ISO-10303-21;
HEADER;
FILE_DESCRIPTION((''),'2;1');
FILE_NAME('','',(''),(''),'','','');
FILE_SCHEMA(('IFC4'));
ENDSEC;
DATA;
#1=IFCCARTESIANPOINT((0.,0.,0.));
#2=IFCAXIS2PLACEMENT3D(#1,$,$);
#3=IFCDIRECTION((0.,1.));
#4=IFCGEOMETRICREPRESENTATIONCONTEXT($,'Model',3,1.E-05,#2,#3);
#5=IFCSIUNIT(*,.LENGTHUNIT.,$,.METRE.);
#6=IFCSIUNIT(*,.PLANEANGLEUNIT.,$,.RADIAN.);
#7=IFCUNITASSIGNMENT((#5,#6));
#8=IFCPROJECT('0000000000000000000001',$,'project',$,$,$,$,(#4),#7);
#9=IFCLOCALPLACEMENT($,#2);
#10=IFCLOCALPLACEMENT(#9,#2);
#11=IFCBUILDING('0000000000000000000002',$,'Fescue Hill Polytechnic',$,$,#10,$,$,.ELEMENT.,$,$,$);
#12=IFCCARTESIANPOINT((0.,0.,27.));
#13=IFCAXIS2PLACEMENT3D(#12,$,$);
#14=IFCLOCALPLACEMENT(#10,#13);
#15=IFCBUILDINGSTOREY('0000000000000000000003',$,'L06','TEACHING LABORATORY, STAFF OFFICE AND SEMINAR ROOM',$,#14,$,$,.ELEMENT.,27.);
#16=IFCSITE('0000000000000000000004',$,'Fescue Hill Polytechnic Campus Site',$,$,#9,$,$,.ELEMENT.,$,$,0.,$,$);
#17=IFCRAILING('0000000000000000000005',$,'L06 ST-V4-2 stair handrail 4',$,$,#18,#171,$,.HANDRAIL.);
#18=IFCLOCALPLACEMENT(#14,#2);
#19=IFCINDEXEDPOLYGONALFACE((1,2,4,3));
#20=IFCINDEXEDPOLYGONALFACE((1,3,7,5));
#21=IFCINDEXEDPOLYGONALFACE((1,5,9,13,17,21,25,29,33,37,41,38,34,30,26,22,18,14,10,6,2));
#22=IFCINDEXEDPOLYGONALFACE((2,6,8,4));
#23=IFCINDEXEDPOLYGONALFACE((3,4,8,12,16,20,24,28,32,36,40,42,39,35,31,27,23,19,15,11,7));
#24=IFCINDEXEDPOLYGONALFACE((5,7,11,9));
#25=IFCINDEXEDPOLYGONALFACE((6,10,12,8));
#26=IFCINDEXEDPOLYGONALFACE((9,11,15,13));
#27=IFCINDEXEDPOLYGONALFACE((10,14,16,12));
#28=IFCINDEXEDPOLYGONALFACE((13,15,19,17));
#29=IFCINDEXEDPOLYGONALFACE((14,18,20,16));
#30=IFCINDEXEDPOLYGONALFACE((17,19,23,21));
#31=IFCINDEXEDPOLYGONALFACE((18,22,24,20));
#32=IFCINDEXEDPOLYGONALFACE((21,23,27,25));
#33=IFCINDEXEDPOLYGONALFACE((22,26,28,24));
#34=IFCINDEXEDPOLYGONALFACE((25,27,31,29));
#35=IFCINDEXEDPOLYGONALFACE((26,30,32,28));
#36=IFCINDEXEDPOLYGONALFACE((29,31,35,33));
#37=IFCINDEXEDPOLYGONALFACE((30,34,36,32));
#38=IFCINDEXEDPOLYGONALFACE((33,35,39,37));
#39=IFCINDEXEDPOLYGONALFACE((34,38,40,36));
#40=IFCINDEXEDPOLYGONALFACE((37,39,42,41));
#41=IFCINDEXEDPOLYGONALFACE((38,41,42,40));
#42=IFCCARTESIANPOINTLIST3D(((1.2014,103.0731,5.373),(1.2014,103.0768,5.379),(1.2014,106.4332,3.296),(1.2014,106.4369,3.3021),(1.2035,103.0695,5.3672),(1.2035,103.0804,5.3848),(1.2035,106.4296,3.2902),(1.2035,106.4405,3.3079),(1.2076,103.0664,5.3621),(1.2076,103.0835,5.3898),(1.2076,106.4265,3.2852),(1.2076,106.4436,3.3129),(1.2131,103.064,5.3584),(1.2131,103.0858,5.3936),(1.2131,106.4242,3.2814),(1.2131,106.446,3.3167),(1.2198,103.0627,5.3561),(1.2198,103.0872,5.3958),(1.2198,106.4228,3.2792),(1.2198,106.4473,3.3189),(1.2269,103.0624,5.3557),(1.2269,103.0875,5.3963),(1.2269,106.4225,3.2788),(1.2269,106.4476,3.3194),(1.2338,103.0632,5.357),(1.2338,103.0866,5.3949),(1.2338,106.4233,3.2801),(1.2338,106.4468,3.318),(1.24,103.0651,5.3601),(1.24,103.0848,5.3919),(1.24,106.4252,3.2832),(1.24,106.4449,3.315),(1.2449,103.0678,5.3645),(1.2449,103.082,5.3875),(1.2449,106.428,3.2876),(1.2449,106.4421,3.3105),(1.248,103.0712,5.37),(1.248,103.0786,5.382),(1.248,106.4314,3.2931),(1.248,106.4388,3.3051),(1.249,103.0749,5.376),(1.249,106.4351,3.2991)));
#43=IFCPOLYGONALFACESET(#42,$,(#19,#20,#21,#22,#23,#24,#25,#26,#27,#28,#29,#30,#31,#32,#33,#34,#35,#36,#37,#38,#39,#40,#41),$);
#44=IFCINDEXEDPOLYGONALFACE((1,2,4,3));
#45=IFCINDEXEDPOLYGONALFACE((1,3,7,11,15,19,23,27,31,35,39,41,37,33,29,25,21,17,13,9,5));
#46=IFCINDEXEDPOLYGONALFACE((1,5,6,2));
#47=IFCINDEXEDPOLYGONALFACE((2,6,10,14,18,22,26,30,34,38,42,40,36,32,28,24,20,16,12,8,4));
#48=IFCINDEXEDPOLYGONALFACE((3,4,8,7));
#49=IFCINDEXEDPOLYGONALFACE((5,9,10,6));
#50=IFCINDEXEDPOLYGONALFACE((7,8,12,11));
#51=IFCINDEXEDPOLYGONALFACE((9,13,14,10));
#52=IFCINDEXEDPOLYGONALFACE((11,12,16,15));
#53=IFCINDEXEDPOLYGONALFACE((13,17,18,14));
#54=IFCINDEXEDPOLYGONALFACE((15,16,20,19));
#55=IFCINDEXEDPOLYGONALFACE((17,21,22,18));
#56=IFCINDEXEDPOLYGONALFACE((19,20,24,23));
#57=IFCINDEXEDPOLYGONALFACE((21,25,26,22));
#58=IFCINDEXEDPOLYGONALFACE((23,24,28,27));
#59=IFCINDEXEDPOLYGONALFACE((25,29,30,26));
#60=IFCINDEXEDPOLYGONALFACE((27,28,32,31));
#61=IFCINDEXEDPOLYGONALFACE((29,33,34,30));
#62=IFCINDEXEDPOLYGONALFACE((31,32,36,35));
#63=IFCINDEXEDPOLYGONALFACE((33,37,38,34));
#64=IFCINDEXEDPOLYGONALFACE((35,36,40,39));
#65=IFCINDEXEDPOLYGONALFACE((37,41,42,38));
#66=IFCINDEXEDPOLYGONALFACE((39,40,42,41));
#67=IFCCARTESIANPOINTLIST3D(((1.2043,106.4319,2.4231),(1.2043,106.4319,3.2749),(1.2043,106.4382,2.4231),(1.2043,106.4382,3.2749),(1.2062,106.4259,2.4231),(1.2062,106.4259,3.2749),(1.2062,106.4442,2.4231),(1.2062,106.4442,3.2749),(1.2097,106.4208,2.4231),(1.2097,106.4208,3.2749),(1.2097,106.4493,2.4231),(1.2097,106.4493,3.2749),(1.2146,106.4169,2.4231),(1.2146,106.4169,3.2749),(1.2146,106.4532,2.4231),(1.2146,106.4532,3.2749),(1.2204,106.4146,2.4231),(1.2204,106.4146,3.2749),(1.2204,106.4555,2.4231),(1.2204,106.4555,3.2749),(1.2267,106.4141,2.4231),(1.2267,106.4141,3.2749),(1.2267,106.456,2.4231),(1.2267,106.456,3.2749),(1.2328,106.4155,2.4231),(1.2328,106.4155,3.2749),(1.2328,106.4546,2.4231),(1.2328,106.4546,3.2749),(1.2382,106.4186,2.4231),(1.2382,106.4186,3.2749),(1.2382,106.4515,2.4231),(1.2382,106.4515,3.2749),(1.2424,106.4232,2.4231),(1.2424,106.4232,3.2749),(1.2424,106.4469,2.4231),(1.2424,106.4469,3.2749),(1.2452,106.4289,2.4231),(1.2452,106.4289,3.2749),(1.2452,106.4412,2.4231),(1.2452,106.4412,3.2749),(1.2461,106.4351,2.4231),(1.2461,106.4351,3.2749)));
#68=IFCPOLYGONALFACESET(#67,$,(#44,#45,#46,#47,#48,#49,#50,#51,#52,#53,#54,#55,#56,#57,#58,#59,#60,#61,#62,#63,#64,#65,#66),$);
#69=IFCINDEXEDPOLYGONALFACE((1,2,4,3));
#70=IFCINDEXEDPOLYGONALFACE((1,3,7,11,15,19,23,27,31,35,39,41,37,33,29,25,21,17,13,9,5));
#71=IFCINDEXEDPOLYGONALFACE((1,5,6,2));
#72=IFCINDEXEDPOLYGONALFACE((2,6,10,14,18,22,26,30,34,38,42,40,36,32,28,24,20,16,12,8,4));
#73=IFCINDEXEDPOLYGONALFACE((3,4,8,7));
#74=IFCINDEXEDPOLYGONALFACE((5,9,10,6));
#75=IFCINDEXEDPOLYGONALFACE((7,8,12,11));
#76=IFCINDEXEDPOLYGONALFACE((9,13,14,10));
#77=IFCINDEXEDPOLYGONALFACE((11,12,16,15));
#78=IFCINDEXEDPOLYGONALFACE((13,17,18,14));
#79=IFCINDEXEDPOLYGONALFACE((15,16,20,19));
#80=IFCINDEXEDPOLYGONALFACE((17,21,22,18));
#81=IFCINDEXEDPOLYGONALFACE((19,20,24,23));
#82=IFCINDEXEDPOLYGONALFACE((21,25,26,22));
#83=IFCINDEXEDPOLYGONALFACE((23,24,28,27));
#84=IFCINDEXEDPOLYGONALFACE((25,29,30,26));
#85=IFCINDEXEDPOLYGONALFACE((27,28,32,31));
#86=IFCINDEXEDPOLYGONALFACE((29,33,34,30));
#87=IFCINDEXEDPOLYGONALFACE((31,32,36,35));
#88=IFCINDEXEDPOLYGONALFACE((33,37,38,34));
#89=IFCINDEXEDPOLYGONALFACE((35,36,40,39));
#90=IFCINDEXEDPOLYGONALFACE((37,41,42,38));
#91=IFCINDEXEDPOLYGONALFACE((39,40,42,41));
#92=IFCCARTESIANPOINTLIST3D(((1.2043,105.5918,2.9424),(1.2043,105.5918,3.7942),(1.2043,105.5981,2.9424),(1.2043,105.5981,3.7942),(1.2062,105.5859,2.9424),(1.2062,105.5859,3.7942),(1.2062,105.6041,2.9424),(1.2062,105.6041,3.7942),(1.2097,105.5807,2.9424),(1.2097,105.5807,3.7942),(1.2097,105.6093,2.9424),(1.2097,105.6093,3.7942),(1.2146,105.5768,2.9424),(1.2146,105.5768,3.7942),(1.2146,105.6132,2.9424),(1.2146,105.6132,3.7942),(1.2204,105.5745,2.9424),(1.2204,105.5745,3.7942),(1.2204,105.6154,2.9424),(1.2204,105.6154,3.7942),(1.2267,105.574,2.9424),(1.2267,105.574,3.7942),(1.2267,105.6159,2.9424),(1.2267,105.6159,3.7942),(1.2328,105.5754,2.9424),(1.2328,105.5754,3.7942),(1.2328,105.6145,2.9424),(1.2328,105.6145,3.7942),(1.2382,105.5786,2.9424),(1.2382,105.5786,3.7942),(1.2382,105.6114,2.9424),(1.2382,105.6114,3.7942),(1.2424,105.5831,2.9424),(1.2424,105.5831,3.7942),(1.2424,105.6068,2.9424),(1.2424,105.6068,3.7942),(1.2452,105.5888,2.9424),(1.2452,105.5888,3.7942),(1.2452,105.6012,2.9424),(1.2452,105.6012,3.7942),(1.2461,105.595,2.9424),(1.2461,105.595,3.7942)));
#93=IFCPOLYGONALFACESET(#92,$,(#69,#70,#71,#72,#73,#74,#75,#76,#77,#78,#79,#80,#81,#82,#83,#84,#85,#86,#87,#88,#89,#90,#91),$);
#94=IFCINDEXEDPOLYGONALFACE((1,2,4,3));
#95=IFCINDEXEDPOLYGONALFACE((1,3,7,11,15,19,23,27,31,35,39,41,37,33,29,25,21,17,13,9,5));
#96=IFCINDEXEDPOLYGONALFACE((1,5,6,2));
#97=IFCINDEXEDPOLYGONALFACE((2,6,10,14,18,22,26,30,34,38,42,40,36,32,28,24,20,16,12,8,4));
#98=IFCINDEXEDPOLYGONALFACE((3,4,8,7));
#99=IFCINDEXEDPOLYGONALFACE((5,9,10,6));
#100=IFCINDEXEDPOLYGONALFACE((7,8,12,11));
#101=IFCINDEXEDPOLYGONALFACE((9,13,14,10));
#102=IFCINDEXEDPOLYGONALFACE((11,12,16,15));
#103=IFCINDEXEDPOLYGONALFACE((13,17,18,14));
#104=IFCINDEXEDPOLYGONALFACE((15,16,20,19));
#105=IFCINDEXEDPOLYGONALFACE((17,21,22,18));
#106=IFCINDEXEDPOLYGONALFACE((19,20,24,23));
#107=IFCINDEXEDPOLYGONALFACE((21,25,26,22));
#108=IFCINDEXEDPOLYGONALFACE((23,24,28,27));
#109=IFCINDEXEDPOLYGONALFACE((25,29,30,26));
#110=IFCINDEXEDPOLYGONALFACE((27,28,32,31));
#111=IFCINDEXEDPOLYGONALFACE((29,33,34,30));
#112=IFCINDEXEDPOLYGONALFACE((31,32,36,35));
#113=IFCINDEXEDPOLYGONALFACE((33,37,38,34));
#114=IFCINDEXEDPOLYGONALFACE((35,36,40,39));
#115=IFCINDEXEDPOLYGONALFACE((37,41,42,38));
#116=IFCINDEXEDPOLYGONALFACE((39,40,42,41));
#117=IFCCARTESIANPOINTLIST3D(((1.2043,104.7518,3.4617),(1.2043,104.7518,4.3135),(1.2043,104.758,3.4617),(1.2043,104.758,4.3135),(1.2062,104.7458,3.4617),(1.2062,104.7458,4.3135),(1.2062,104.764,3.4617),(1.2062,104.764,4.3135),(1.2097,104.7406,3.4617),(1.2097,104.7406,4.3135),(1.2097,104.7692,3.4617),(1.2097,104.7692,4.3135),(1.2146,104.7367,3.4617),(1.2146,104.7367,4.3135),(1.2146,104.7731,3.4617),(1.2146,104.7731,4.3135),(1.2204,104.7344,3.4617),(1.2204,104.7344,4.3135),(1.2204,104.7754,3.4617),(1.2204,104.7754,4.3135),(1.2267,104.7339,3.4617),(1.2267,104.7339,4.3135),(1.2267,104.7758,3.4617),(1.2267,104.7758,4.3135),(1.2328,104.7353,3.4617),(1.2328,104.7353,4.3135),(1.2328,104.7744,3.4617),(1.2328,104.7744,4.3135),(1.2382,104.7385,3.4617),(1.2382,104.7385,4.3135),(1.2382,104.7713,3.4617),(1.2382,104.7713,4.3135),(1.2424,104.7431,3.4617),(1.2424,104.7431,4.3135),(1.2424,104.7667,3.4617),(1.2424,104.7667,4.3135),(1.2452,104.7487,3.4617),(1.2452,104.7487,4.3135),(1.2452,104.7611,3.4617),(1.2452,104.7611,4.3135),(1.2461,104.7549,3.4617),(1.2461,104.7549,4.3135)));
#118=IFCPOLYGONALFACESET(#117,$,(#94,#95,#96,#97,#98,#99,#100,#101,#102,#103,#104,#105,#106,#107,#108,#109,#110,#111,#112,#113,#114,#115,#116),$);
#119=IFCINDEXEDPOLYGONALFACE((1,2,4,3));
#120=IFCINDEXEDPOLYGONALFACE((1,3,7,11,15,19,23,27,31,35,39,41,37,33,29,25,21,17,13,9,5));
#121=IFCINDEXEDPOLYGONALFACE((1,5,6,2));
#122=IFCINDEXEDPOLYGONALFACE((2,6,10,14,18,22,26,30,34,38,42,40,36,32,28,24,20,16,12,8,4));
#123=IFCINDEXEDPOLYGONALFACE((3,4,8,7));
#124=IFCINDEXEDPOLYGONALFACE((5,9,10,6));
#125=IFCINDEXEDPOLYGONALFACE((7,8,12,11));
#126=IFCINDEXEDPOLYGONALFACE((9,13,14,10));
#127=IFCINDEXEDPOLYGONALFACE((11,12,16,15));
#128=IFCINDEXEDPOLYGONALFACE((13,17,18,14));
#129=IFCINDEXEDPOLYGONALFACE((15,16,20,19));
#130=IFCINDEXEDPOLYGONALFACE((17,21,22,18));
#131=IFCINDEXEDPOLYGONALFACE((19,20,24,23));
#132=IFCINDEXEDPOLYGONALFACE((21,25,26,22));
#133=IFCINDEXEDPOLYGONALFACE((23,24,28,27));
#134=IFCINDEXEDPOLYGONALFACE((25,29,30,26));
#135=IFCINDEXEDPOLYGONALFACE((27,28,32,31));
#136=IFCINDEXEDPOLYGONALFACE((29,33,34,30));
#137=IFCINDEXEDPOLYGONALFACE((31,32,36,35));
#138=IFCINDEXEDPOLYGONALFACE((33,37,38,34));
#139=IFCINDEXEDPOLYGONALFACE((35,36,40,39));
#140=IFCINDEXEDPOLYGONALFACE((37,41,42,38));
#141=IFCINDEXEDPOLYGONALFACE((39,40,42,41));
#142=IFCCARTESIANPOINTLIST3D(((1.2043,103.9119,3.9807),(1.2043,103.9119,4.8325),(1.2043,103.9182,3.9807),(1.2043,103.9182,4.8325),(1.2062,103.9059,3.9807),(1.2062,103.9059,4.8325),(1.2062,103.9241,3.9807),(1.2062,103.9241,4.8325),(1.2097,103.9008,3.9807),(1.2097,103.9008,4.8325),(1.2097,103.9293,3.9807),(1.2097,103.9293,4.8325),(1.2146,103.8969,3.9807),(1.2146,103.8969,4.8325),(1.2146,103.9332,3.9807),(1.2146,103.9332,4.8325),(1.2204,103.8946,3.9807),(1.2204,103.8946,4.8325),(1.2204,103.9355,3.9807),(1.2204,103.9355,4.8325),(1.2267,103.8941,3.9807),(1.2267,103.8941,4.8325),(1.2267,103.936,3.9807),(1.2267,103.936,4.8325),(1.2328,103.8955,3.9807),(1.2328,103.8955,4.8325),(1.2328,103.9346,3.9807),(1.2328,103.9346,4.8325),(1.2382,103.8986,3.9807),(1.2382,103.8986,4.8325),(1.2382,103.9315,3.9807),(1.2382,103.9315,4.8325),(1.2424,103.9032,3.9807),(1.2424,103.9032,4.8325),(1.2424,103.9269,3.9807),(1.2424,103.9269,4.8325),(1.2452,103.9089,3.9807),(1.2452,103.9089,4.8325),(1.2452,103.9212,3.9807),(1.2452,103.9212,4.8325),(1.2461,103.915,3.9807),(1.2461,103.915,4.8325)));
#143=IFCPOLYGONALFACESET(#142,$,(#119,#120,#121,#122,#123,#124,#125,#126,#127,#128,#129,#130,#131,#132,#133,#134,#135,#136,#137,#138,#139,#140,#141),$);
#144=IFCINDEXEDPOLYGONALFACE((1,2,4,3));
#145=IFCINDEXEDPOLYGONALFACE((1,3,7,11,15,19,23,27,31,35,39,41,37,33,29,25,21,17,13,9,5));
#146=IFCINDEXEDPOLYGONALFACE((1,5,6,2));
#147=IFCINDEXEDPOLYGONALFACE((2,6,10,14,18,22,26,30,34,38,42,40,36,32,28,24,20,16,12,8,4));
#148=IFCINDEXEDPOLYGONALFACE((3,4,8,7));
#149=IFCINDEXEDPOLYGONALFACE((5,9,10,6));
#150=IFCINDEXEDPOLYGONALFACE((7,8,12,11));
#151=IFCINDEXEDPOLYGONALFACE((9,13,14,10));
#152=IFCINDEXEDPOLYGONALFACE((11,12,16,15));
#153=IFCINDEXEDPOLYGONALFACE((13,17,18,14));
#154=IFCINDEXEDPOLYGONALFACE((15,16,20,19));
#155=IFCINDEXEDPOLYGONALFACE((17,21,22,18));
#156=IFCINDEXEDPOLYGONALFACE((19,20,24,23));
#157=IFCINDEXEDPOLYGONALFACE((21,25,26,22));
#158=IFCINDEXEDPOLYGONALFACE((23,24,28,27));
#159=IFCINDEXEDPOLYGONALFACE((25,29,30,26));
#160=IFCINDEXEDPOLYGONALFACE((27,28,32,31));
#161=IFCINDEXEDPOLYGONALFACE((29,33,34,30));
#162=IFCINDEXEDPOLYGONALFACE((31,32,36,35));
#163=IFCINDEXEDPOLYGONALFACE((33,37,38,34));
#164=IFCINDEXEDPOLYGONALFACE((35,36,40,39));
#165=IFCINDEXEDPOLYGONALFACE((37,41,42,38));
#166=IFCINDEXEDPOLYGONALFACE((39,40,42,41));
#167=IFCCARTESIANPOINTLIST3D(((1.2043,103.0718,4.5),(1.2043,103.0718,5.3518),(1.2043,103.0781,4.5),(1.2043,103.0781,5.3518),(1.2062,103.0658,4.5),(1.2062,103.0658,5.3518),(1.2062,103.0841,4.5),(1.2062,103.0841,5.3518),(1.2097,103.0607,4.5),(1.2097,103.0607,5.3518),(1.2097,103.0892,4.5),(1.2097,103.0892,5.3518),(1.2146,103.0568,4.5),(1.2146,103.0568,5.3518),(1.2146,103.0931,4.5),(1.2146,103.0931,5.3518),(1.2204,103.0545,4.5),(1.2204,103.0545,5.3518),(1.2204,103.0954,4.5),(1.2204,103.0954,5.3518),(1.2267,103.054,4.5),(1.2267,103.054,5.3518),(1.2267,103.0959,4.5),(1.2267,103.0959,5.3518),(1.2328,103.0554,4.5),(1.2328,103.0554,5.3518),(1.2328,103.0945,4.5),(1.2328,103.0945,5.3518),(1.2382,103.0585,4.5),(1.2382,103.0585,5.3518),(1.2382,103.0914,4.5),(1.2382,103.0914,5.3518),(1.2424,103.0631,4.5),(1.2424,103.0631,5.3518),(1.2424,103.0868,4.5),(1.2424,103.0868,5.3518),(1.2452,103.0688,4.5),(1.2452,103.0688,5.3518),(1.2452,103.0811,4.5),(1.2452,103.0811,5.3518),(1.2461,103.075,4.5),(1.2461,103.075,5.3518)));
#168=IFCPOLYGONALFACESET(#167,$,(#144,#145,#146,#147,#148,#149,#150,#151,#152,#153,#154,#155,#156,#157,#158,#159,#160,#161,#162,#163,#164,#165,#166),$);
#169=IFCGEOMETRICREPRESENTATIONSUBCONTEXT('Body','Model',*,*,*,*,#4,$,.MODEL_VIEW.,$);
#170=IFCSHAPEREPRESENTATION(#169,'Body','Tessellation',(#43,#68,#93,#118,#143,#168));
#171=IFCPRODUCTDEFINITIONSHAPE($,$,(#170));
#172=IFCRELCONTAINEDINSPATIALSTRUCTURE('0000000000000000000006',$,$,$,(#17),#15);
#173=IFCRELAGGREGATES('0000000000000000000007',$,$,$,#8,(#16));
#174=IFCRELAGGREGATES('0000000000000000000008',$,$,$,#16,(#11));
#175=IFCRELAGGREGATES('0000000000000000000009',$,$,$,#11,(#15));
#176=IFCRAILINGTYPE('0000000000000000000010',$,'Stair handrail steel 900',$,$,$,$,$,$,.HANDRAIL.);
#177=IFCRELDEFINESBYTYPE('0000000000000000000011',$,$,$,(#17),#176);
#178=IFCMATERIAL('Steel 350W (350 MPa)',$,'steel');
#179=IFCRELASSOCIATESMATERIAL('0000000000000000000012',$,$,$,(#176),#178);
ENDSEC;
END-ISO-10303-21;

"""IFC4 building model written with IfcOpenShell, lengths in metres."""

from ifc_helpers import new_model, si_unit, direction, frame, origin, origin_2d, place, context, subcontext, project, spatial, circle, extrude, material, type_object, element, save


model = new_model("IFC4")

# Units and contexts
model_context = context("Model", 3, precision=1e-05, world=origin(), true_north=direction((0.0, 1.0)))
body_context = subcontext(model_context, "Body", "Model", "MODEL_VIEW")
ifc_project = project(units=[si_unit("LENGTHUNIT", "METRE"), si_unit("PLANEANGLEUNIT", "RADIAN")], contexts=[model_context])

# Site, building, storey
site_placement = place(None, origin())
site = spatial("IfcSite", under=ifc_project, at=site_placement, Name="Fescue Hill Polytechnic Campus Site", CompositionType="ELEMENT", RefElevation=0.0)
building_placement = place(site_placement, origin())
building = spatial("IfcBuilding", under=site, at=building_placement, Name="Fescue Hill Polytechnic", CompositionType="ELEMENT")
storey_placement = place(building_placement, frame((0.0, 0.0, 27.0)))
storey = spatial("IfcBuildingStorey", under=building, at=storey_placement, Name="L06", Description="TEACHING LABORATORY, STAFF OFFICE AND SEMINAR ROOM", CompositionType="ELEMENT", Elevation=27.0)

# Railing
ifc_material_1 = material(Name="Steel 350W (350 MPa)", Category="steel")
railing_type_1 = type_object("IfcRailingType", Name="Stair handrail steel 900", PredefinedType="HANDRAIL", material=ifc_material_1)
railing_1_placement = place(storey_placement, frame((1.2251, 106.4351, 2.4231)))
element("IfcRailing", 1, at=railing_1_placement, inside=storey, type_object=railing_type_1, Name="L06 ST-V4-2 stair handrail 4", PredefinedType="HANDRAIL", context=body_context, shape_type="SweptSolid", body=[
    extrude(circle(Radius=0.0239, at=origin_2d()), frame((0.0, 0.0, 0.876), z_axis=(0.0, -0.850623, 0.525776), x_axis=(1.0, 0.0, 0.0)), (0.0, 0.0, 1.0), 3.9502),
    extrude(circle(Radius=0.021, at=origin_2d()), origin(), (0.0, 0.0, 1.0), 0.8518),
    extrude(circle(Radius=0.021, at=origin_2d()), frame((0.0, -0.8401, 0.5193)), (0.0, 0.0, 1.0), 0.8518),
    extrude(circle(Radius=0.021, at=origin_2d()), frame((0.0, -1.6802, 1.0386)), (0.0, 0.0, 1.0), 0.8518),
    extrude(circle(Radius=0.021, at=origin_2d()), frame((0.0, -2.52, 1.5576)), (0.0, 0.0, 1.0), 0.8518),
    extrude(circle(Radius=0.021, at=origin_2d()), frame((0.0, -3.3601, 2.0769)), (0.0, 0.0, 1.0), 0.8518),
])

save(model, "model.ifc")
